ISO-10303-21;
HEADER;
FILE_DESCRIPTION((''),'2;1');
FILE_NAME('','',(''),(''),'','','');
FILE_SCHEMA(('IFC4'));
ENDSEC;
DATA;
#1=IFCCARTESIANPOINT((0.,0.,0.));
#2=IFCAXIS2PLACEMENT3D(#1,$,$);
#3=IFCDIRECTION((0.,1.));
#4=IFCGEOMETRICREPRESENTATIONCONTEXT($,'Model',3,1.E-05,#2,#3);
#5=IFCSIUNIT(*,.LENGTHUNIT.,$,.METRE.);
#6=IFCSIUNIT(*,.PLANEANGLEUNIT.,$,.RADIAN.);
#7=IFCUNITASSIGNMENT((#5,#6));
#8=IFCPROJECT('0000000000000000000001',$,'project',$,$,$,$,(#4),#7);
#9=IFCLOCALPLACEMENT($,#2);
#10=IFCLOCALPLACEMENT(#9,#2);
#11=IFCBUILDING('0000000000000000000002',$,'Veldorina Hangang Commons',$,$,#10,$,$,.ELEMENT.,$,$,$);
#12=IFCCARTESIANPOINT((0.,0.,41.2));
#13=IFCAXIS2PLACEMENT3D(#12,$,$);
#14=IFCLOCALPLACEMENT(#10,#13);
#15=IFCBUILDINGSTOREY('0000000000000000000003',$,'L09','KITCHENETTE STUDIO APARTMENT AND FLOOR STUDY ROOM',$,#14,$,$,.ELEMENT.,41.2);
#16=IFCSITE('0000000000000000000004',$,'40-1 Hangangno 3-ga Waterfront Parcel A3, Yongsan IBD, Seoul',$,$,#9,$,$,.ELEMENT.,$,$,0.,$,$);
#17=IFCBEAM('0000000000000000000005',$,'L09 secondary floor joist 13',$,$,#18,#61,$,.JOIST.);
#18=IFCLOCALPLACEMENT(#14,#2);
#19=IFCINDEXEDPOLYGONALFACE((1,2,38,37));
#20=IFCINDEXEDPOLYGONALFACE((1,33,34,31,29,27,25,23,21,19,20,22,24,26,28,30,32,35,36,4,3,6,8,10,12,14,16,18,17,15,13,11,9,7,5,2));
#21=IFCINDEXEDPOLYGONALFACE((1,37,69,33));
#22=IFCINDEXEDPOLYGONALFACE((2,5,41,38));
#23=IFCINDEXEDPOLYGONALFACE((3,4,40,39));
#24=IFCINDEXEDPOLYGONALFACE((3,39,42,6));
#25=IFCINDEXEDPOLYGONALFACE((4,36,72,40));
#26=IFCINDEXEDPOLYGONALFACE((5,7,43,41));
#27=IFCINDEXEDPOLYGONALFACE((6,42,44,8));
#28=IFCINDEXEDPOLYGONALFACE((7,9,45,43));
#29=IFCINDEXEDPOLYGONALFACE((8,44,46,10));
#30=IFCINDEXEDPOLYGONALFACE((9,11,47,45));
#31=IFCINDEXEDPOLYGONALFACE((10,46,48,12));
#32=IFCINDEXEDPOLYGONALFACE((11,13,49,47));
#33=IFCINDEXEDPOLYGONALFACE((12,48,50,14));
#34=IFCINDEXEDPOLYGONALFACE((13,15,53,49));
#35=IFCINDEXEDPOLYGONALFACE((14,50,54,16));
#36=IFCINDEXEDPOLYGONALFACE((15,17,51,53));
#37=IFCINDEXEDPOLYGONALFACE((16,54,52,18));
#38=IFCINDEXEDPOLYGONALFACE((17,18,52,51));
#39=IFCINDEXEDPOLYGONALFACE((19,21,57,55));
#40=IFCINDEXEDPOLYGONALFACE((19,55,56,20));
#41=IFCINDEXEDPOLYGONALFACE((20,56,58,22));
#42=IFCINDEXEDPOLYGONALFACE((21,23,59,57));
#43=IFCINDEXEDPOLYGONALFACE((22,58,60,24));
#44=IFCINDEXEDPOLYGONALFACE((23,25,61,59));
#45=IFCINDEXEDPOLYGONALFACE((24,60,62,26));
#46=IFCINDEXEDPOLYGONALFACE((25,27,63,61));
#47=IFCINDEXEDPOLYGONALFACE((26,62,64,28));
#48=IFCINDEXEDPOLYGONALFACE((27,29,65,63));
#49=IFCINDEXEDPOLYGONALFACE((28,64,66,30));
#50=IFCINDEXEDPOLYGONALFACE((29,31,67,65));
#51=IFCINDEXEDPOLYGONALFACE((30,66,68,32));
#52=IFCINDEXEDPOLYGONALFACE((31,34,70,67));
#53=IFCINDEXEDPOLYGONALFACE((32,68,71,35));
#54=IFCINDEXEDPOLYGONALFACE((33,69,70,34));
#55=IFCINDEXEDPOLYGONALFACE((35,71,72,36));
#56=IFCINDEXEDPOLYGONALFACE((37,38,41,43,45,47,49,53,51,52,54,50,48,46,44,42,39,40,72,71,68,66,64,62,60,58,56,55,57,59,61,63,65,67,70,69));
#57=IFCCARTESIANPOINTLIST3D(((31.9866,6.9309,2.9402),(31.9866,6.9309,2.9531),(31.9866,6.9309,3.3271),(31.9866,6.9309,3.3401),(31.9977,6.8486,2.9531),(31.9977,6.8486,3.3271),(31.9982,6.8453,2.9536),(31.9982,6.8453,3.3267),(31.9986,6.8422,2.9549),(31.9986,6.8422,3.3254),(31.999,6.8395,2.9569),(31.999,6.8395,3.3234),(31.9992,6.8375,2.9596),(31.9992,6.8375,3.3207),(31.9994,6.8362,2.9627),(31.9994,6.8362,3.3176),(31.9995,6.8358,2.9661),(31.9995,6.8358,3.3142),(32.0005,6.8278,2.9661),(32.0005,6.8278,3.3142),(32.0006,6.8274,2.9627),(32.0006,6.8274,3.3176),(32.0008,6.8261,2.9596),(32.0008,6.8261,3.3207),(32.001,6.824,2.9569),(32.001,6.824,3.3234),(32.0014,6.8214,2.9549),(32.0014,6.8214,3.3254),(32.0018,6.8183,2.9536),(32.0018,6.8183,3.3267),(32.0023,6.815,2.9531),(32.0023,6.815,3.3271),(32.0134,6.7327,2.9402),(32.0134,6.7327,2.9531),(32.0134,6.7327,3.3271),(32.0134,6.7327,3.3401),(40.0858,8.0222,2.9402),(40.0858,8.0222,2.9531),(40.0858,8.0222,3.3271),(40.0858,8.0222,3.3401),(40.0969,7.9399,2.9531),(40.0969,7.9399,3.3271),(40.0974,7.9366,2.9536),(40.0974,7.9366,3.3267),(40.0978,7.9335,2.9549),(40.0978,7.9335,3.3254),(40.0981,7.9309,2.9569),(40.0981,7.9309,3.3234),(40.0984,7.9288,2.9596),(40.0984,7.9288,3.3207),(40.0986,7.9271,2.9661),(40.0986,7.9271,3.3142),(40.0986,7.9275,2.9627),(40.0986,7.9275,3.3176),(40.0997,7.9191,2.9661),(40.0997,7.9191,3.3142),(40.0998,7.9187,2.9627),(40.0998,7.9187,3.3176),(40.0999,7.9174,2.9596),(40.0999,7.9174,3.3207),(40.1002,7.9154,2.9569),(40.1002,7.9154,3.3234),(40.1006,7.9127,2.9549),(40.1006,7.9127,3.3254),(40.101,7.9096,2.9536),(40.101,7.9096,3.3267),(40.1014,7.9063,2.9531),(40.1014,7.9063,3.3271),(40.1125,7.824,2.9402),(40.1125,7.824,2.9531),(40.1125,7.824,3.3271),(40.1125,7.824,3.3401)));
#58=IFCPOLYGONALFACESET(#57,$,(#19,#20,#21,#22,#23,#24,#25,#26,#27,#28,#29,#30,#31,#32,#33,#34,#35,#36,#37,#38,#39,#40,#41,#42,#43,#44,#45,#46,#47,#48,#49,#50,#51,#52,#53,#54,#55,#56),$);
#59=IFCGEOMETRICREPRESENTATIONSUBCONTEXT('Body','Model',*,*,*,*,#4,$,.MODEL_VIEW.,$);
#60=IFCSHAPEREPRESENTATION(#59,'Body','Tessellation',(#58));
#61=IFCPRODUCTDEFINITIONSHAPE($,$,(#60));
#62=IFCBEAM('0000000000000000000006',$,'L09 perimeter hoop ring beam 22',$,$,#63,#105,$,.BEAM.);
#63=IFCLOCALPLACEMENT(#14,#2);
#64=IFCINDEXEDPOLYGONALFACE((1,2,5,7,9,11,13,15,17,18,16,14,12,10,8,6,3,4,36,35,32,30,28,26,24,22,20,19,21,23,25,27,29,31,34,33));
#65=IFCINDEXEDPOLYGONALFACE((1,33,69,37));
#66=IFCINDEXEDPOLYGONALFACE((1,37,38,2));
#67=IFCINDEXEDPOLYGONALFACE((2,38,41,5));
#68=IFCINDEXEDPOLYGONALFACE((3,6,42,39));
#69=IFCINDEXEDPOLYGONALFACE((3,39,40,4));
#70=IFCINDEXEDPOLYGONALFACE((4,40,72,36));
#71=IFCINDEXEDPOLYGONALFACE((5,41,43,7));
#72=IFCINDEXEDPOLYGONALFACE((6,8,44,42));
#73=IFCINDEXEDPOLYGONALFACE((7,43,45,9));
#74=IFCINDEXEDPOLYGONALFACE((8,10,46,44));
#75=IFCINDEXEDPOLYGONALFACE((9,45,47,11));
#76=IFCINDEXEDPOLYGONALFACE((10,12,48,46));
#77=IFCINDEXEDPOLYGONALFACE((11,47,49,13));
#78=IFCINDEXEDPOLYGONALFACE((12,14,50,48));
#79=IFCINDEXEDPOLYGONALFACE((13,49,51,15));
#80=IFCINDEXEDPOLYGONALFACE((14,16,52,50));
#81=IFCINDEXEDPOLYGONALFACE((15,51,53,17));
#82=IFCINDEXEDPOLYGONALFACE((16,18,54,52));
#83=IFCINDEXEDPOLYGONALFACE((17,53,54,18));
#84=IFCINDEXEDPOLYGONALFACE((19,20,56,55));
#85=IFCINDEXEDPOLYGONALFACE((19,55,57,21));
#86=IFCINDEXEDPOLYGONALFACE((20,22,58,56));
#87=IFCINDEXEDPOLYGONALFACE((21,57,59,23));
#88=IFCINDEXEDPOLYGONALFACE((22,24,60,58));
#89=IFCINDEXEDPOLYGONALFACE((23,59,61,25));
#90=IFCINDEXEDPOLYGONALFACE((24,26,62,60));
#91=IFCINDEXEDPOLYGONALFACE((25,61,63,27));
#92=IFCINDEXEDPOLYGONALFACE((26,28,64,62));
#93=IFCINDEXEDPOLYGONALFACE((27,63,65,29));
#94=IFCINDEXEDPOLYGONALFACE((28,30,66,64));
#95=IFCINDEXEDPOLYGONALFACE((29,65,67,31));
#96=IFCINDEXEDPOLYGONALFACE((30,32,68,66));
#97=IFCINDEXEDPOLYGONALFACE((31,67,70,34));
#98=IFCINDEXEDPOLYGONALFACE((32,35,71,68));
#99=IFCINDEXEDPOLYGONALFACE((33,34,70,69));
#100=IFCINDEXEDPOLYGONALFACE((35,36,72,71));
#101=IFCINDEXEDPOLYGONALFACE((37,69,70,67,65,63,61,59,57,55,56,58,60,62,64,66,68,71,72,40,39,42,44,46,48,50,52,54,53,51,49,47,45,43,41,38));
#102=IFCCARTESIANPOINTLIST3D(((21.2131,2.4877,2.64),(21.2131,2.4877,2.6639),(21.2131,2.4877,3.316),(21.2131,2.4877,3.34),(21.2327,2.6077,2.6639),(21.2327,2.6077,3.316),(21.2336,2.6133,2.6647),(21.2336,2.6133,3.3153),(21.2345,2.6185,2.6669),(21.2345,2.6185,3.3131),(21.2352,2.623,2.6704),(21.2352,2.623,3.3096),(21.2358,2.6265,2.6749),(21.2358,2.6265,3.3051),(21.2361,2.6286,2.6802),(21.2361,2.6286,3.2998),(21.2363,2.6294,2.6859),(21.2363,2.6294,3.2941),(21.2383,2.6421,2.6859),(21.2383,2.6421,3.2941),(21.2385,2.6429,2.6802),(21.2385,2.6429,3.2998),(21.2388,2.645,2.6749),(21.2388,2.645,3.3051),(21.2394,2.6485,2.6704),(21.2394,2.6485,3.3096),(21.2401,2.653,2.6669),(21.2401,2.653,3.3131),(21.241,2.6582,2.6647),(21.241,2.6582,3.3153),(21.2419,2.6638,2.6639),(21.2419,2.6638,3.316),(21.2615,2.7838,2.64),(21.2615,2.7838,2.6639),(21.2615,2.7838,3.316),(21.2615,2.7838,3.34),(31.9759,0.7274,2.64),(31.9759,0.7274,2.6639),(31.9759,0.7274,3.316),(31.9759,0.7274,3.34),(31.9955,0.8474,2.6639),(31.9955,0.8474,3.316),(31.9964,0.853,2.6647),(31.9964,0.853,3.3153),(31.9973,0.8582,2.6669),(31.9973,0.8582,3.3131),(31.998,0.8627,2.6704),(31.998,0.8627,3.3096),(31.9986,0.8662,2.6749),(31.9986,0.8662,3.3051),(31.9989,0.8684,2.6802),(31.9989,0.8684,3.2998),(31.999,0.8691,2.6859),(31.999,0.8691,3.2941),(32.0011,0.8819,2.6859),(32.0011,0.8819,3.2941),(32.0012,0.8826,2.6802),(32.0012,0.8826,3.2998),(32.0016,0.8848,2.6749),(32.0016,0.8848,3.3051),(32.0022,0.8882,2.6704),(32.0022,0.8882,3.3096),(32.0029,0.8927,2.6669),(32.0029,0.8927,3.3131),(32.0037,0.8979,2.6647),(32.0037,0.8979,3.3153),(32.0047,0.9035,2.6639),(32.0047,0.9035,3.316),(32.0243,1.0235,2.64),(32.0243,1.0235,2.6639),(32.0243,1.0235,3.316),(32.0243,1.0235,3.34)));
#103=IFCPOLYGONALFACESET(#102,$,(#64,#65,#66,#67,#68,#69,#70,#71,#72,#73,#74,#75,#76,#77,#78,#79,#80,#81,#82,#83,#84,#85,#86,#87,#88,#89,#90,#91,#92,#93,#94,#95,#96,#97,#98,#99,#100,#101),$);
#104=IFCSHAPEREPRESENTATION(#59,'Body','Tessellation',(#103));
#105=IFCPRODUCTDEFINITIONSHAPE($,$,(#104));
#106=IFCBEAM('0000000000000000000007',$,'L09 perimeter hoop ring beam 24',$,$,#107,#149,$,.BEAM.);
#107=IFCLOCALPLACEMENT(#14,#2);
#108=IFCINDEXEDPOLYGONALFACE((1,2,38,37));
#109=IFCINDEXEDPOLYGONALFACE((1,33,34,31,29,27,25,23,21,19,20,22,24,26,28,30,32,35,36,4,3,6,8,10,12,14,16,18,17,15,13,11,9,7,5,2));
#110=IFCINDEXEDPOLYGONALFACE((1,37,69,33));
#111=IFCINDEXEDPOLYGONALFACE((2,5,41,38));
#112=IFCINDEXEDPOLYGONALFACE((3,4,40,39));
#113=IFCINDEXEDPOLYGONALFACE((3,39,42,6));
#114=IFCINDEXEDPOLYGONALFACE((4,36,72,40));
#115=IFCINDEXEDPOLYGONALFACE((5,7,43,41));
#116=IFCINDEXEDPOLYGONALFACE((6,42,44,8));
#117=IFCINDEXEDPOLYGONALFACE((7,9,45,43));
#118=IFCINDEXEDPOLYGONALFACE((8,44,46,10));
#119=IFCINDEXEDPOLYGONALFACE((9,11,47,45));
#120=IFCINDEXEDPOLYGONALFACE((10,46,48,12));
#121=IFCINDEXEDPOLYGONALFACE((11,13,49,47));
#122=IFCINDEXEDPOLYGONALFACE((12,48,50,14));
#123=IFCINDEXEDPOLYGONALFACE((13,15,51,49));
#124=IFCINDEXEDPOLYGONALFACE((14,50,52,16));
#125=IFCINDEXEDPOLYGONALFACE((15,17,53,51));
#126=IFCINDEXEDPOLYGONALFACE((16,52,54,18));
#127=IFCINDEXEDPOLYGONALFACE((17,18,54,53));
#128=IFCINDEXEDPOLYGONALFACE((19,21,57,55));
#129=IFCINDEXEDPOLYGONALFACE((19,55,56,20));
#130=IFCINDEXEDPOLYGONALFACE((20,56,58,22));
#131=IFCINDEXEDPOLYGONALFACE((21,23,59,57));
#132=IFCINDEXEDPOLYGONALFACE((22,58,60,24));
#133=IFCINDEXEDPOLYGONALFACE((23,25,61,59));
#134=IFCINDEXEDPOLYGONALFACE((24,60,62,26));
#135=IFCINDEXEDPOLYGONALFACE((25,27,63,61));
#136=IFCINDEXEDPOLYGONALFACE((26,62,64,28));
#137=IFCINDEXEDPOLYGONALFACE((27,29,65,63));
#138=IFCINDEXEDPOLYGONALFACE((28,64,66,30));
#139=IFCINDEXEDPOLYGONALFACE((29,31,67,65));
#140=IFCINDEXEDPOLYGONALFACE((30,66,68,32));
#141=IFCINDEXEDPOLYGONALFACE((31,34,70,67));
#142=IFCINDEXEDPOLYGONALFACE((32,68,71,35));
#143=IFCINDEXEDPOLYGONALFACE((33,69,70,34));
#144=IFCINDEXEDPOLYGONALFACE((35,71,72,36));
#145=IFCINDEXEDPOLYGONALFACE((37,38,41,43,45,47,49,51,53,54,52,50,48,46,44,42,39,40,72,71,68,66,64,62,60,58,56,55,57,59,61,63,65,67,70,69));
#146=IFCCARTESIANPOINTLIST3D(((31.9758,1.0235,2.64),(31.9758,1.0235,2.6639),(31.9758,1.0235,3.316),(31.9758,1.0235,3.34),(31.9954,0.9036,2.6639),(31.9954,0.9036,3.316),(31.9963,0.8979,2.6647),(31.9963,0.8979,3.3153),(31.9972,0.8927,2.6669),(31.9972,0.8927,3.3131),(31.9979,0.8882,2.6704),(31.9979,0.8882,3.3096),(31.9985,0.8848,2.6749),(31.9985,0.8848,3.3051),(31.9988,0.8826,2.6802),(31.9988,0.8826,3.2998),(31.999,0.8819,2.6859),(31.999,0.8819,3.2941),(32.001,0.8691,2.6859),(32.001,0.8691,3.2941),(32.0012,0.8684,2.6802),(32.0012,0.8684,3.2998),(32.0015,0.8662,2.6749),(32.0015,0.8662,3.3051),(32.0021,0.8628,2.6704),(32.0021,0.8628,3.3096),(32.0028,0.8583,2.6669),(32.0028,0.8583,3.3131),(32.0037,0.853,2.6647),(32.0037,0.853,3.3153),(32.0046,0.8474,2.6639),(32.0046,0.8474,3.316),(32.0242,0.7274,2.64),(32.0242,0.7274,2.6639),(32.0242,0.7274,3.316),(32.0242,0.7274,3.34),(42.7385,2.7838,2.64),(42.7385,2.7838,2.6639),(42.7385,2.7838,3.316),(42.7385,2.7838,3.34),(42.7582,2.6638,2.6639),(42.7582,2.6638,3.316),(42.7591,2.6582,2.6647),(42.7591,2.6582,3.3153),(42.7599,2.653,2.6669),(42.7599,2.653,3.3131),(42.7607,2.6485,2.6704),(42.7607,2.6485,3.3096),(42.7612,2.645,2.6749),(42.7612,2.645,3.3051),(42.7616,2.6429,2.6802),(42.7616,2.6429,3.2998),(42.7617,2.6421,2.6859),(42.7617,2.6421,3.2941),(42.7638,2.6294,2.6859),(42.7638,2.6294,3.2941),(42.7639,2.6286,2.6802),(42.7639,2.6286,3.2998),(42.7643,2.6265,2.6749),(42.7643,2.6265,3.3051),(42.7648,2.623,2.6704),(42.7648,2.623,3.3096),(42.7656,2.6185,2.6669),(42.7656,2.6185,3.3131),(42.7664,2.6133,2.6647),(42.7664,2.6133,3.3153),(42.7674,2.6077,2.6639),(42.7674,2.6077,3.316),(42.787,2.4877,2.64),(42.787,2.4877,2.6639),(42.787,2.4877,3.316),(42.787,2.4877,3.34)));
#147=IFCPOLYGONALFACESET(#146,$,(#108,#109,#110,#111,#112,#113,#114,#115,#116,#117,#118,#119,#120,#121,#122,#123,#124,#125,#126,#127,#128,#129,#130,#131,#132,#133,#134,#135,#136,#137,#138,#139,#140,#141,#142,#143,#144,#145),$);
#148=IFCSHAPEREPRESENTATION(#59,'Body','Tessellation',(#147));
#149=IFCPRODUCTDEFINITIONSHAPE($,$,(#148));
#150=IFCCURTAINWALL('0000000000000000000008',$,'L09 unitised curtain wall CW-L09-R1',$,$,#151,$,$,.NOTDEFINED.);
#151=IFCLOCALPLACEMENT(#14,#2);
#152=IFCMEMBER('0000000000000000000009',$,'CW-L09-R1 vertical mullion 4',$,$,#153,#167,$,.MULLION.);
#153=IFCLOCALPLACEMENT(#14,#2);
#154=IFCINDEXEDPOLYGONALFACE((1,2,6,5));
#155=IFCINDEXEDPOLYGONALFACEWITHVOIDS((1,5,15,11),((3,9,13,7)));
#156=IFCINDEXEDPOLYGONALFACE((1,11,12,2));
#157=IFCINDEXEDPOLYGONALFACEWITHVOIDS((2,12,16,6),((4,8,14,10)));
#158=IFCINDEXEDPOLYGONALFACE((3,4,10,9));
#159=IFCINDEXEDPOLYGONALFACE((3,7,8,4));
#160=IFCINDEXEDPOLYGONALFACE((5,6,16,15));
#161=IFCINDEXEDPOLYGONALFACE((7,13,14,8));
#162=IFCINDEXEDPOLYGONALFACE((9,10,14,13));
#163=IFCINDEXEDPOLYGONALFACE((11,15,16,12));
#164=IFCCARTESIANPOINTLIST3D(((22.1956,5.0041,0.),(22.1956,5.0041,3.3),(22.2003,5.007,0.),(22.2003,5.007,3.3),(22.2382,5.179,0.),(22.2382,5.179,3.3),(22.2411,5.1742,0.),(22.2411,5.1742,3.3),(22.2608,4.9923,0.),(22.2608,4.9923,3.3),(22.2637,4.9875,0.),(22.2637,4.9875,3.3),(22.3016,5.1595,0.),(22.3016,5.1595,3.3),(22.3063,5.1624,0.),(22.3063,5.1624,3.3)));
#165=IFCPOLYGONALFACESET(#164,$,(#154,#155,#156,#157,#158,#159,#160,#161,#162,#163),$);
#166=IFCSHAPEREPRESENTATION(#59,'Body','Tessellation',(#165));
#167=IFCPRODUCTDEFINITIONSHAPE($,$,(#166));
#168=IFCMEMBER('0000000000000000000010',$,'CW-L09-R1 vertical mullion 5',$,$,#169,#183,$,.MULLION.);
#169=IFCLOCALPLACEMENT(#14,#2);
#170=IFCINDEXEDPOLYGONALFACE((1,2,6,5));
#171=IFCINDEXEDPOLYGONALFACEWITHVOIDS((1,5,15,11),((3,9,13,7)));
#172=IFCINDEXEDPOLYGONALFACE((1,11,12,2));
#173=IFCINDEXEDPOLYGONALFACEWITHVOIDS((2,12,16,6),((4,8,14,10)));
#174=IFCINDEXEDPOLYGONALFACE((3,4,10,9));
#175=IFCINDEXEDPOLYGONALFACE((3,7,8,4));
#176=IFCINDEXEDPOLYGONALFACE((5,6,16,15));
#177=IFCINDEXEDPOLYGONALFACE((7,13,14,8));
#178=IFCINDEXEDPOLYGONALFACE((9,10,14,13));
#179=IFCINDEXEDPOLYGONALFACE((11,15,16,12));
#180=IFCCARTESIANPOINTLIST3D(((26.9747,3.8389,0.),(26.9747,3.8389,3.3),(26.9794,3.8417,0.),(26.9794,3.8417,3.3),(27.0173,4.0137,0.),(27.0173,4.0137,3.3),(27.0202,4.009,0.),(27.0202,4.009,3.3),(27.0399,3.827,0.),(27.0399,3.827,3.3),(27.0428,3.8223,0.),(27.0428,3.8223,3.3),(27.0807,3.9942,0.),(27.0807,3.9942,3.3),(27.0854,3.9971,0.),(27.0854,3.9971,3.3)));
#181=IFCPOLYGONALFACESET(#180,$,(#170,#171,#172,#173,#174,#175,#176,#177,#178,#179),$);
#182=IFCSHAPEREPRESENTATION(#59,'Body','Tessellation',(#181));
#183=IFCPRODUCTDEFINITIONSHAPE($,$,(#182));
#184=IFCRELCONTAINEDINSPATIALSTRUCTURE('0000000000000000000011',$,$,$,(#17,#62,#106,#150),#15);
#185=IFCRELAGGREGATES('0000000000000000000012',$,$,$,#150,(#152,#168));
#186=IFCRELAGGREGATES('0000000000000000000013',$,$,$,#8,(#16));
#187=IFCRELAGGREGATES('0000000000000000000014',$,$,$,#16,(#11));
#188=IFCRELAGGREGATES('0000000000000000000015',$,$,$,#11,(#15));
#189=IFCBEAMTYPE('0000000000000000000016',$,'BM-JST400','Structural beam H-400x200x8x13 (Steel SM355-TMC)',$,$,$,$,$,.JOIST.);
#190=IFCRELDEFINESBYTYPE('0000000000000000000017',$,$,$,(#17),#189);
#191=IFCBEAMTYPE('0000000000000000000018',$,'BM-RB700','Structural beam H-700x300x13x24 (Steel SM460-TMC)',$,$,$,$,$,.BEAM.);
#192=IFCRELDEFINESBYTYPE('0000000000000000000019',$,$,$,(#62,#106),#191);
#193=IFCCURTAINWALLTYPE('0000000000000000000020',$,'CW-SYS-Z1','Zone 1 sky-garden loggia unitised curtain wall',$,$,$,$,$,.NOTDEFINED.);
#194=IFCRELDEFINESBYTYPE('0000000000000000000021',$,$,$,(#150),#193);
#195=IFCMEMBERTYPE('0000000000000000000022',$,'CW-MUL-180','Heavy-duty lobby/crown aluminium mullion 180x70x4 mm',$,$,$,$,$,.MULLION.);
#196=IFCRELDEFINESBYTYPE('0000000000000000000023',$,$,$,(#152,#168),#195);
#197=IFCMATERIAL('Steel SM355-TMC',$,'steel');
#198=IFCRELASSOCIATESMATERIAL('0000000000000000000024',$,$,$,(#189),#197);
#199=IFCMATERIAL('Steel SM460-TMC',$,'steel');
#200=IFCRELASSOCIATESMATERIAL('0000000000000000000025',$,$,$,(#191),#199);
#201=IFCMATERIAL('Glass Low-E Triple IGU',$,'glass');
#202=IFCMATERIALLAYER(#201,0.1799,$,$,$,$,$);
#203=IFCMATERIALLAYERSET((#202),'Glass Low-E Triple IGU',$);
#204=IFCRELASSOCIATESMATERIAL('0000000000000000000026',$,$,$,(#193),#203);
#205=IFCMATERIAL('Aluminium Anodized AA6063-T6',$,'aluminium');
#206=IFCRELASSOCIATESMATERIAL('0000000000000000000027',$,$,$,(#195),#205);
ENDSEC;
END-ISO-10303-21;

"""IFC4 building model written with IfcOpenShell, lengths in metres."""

from ifc_helpers import new_model, si_unit, direction, frame, origin, origin_2d, place, context, subcontext, project, spatial, hollow_rectangle, i_section, extrude, material, layer, layer_set, material_profile, profile_set, type_object, element, aggregate, save


model = new_model("IFC4")

# Units and contexts
model_context = context("Model", 3, precision=1e-05, world=origin(), true_north=direction((0.0, 1.0)))
body_context = subcontext(model_context, "Body", "Model", "MODEL_VIEW")
ifc_project = project(units=[si_unit("LENGTHUNIT", "METRE"), si_unit("PLANEANGLEUNIT", "RADIAN")], contexts=[model_context])

# Site, building, storey
site_placement = place(None, origin())
site = spatial("IfcSite", under=ifc_project, at=site_placement, Name="40-1 Hangangno 3-ga Waterfront Parcel A3, Yongsan IBD, Seoul", CompositionType="ELEMENT", RefElevation=0.0)
building_placement = place(site_placement, origin())
building = spatial("IfcBuilding", under=site, at=building_placement, Name="Veldorina Hangang Commons", CompositionType="ELEMENT")
storey_placement = place(building_placement, frame((0.0, 0.0, 41.2)))
storey = spatial("IfcBuildingStorey", under=building, at=storey_placement, Name="L09", Description="KITCHENETTE STUDIO APARTMENT AND FLOOR STUDY ROOM", CompositionType="ELEMENT", Elevation=41.2)

# Beams
ifc_material_1 = material(Name="Steel SM355-TMC", Category="steel")
ifc_material_profile_1 = material_profile(ifc_material_1, i_section(OverallWidth=0.2, OverallDepth=0.3999, WebThickness=0.0081, FlangeThickness=0.0129, FilletRadius=0.0129, at=origin_2d()), Name="H-400x200x8x13")
ifc_profile_set_1 = profile_set([ifc_material_profile_1], Name="Steel SM355-TMC")
beam_type_1 = type_object("IfcBeamType", Name="BM-JST400", Description="Structural beam H-400x200x8x13 (Steel SM355-TMC)", PredefinedType="JOIST", material=ifc_profile_set_1)
beam_placement = place(storey_placement, frame((32.0, 6.8318, 3.1401), z_axis=(0.991044, 0.133537, 0.0), x_axis=(-0.133537, 0.991044, 0.0)))
element("IfcBeam", 1, at=beam_placement, inside=storey, type_object=beam_type_1, Name="L09 secondary floor joist 13", PredefinedType="JOIST", context=body_context, shape_type="SweptSolid", body=[
    extrude(i_section(OverallWidth=0.2, OverallDepth=0.3999, WebThickness=0.0081, FlangeThickness=0.0129, FilletRadius=0.0129, at=origin_2d()), origin(), (0.0, 0.0, 1.0), 8.1724),
])
ifc_material_2 = material(Name="Steel SM460-TMC", Category="steel")
ifc_material_profile_2 = material_profile(ifc_material_2, i_section(OverallWidth=0.3, OverallDepth=0.7, WebThickness=0.0129, FlangeThickness=0.0239, FilletRadius=0.022, at=origin_2d()), Name="H-700x300x13x24")
ifc_profile_set_2 = profile_set([ifc_material_profile_2], Name="Steel SM460-TMC")
beam_type_2 = type_object("IfcBeamType", Name="BM-RB700", Description="Structural beam H-700x300x13x24 (Steel SM460-TMC)", PredefinedType="BEAM", material=ifc_profile_set_2)
for number, where, z_axis, x_axis, name in (
    (2, (21.2373, 2.6357, 2.99), (0.986888, -0.161407, 0.0), (0.161407, 0.986888, 0.0), "L09 perimeter hoop ring beam 22"),
    (3, (32.0, 0.8755, 2.99), (0.986888, 0.161407, 0.0), (-0.161407, 0.986888, 0.0), "L09 perimeter hoop ring beam 24"),
):
    element("IfcBeam", number, at=place(storey_placement, frame(where, z_axis=z_axis, x_axis=x_axis)), inside=storey, type_object=beam_type_2, Name=name, PredefinedType="BEAM", context=body_context, shape_type="SweptSolid", body=[
        extrude(i_section(OverallWidth=0.3, OverallDepth=0.7, WebThickness=0.0129, FlangeThickness=0.0239, FilletRadius=0.022, at=origin_2d()), origin(), (0.0, 0.0, 1.0), 10.9058),
    ])

# Curtain wall, members
ifc_material_3 = material(Name="Glass Low-E Triple IGU", Category="glass")
ifc_layer_1 = layer(ifc_material_3, 0.1799)
ifc_layer_set_1 = layer_set([ifc_layer_1], Name="Glass Low-E Triple IGU")
curtain_wall_type = type_object("IfcCurtainWallType", Name="CW-SYS-Z1", Description="Zone 1 sky-garden loggia unitised curtain wall", PredefinedType="NOTDEFINED", material=ifc_layer_set_1)
curtain_wall_placement = place(storey_placement, origin())
curtain_wall = element("IfcCurtainWall", 4, at=curtain_wall_placement, inside=storey, type_object=curtain_wall_type, Name="L09 unitised curtain wall CW-L09-R1", PredefinedType="NOTDEFINED")
ifc_material_4 = material(Name="Aluminium Anodized AA6063-T6", Category="aluminium")
ifc_material_profile_3 = material_profile(ifc_material_4, hollow_rectangle(XDim=0.0701, YDim=0.1799, WallThickness=0.0039, at=origin_2d()), Name="ALU-RHS-180x70x4")
ifc_profile_set_3 = profile_set([ifc_material_profile_3], Name="Aluminium Anodized AA6063-T6")
member_type_1 = type_object("IfcMemberType", Name="CW-MUL-180", Description="Heavy-duty lobby/crown aluminium mullion 180x70x4 mm", PredefinedType="MULLION", material=ifc_profile_set_3)
member_1_placement = place(storey_placement, frame((22.251, 5.0833, 0.0), z_axis=(0.0, 0.0, 1.0), x_axis=(0.971541, -0.236872, 0.0)))
member_1 = element("IfcMember", 5, at=member_1_placement, type_object=member_type_1, Name="CW-L09-R1 vertical mullion 4", PredefinedType="MULLION", context=body_context, shape_type="SweptSolid", body=[
    extrude(hollow_rectangle(XDim=0.0701, YDim=0.1799, WallThickness=0.0039, at=origin_2d()), origin(), (0.0, 0.0, 1.0), 3.3),
])
member_2_placement = place(storey_placement, frame((27.03, 3.918, 0.0), z_axis=(0.0, 0.0, 1.0), x_axis=(-0.971541, 0.236872, 0.0)))
member_2 = element("IfcMember", 6, at=member_2_placement, type_object=member_type_1, Name="CW-L09-R1 vertical mullion 5", PredefinedType="MULLION", context=body_context, shape_type="SweptSolid", body=[
    extrude(hollow_rectangle(XDim=0.0701, YDim=0.1799, WallThickness=0.0039, at=origin_2d()), origin(), (0.0, 0.0, 1.0), 3.3),
])

aggregate(curtain_wall, [member_1, member_2])

save(model, "model.ifc")
